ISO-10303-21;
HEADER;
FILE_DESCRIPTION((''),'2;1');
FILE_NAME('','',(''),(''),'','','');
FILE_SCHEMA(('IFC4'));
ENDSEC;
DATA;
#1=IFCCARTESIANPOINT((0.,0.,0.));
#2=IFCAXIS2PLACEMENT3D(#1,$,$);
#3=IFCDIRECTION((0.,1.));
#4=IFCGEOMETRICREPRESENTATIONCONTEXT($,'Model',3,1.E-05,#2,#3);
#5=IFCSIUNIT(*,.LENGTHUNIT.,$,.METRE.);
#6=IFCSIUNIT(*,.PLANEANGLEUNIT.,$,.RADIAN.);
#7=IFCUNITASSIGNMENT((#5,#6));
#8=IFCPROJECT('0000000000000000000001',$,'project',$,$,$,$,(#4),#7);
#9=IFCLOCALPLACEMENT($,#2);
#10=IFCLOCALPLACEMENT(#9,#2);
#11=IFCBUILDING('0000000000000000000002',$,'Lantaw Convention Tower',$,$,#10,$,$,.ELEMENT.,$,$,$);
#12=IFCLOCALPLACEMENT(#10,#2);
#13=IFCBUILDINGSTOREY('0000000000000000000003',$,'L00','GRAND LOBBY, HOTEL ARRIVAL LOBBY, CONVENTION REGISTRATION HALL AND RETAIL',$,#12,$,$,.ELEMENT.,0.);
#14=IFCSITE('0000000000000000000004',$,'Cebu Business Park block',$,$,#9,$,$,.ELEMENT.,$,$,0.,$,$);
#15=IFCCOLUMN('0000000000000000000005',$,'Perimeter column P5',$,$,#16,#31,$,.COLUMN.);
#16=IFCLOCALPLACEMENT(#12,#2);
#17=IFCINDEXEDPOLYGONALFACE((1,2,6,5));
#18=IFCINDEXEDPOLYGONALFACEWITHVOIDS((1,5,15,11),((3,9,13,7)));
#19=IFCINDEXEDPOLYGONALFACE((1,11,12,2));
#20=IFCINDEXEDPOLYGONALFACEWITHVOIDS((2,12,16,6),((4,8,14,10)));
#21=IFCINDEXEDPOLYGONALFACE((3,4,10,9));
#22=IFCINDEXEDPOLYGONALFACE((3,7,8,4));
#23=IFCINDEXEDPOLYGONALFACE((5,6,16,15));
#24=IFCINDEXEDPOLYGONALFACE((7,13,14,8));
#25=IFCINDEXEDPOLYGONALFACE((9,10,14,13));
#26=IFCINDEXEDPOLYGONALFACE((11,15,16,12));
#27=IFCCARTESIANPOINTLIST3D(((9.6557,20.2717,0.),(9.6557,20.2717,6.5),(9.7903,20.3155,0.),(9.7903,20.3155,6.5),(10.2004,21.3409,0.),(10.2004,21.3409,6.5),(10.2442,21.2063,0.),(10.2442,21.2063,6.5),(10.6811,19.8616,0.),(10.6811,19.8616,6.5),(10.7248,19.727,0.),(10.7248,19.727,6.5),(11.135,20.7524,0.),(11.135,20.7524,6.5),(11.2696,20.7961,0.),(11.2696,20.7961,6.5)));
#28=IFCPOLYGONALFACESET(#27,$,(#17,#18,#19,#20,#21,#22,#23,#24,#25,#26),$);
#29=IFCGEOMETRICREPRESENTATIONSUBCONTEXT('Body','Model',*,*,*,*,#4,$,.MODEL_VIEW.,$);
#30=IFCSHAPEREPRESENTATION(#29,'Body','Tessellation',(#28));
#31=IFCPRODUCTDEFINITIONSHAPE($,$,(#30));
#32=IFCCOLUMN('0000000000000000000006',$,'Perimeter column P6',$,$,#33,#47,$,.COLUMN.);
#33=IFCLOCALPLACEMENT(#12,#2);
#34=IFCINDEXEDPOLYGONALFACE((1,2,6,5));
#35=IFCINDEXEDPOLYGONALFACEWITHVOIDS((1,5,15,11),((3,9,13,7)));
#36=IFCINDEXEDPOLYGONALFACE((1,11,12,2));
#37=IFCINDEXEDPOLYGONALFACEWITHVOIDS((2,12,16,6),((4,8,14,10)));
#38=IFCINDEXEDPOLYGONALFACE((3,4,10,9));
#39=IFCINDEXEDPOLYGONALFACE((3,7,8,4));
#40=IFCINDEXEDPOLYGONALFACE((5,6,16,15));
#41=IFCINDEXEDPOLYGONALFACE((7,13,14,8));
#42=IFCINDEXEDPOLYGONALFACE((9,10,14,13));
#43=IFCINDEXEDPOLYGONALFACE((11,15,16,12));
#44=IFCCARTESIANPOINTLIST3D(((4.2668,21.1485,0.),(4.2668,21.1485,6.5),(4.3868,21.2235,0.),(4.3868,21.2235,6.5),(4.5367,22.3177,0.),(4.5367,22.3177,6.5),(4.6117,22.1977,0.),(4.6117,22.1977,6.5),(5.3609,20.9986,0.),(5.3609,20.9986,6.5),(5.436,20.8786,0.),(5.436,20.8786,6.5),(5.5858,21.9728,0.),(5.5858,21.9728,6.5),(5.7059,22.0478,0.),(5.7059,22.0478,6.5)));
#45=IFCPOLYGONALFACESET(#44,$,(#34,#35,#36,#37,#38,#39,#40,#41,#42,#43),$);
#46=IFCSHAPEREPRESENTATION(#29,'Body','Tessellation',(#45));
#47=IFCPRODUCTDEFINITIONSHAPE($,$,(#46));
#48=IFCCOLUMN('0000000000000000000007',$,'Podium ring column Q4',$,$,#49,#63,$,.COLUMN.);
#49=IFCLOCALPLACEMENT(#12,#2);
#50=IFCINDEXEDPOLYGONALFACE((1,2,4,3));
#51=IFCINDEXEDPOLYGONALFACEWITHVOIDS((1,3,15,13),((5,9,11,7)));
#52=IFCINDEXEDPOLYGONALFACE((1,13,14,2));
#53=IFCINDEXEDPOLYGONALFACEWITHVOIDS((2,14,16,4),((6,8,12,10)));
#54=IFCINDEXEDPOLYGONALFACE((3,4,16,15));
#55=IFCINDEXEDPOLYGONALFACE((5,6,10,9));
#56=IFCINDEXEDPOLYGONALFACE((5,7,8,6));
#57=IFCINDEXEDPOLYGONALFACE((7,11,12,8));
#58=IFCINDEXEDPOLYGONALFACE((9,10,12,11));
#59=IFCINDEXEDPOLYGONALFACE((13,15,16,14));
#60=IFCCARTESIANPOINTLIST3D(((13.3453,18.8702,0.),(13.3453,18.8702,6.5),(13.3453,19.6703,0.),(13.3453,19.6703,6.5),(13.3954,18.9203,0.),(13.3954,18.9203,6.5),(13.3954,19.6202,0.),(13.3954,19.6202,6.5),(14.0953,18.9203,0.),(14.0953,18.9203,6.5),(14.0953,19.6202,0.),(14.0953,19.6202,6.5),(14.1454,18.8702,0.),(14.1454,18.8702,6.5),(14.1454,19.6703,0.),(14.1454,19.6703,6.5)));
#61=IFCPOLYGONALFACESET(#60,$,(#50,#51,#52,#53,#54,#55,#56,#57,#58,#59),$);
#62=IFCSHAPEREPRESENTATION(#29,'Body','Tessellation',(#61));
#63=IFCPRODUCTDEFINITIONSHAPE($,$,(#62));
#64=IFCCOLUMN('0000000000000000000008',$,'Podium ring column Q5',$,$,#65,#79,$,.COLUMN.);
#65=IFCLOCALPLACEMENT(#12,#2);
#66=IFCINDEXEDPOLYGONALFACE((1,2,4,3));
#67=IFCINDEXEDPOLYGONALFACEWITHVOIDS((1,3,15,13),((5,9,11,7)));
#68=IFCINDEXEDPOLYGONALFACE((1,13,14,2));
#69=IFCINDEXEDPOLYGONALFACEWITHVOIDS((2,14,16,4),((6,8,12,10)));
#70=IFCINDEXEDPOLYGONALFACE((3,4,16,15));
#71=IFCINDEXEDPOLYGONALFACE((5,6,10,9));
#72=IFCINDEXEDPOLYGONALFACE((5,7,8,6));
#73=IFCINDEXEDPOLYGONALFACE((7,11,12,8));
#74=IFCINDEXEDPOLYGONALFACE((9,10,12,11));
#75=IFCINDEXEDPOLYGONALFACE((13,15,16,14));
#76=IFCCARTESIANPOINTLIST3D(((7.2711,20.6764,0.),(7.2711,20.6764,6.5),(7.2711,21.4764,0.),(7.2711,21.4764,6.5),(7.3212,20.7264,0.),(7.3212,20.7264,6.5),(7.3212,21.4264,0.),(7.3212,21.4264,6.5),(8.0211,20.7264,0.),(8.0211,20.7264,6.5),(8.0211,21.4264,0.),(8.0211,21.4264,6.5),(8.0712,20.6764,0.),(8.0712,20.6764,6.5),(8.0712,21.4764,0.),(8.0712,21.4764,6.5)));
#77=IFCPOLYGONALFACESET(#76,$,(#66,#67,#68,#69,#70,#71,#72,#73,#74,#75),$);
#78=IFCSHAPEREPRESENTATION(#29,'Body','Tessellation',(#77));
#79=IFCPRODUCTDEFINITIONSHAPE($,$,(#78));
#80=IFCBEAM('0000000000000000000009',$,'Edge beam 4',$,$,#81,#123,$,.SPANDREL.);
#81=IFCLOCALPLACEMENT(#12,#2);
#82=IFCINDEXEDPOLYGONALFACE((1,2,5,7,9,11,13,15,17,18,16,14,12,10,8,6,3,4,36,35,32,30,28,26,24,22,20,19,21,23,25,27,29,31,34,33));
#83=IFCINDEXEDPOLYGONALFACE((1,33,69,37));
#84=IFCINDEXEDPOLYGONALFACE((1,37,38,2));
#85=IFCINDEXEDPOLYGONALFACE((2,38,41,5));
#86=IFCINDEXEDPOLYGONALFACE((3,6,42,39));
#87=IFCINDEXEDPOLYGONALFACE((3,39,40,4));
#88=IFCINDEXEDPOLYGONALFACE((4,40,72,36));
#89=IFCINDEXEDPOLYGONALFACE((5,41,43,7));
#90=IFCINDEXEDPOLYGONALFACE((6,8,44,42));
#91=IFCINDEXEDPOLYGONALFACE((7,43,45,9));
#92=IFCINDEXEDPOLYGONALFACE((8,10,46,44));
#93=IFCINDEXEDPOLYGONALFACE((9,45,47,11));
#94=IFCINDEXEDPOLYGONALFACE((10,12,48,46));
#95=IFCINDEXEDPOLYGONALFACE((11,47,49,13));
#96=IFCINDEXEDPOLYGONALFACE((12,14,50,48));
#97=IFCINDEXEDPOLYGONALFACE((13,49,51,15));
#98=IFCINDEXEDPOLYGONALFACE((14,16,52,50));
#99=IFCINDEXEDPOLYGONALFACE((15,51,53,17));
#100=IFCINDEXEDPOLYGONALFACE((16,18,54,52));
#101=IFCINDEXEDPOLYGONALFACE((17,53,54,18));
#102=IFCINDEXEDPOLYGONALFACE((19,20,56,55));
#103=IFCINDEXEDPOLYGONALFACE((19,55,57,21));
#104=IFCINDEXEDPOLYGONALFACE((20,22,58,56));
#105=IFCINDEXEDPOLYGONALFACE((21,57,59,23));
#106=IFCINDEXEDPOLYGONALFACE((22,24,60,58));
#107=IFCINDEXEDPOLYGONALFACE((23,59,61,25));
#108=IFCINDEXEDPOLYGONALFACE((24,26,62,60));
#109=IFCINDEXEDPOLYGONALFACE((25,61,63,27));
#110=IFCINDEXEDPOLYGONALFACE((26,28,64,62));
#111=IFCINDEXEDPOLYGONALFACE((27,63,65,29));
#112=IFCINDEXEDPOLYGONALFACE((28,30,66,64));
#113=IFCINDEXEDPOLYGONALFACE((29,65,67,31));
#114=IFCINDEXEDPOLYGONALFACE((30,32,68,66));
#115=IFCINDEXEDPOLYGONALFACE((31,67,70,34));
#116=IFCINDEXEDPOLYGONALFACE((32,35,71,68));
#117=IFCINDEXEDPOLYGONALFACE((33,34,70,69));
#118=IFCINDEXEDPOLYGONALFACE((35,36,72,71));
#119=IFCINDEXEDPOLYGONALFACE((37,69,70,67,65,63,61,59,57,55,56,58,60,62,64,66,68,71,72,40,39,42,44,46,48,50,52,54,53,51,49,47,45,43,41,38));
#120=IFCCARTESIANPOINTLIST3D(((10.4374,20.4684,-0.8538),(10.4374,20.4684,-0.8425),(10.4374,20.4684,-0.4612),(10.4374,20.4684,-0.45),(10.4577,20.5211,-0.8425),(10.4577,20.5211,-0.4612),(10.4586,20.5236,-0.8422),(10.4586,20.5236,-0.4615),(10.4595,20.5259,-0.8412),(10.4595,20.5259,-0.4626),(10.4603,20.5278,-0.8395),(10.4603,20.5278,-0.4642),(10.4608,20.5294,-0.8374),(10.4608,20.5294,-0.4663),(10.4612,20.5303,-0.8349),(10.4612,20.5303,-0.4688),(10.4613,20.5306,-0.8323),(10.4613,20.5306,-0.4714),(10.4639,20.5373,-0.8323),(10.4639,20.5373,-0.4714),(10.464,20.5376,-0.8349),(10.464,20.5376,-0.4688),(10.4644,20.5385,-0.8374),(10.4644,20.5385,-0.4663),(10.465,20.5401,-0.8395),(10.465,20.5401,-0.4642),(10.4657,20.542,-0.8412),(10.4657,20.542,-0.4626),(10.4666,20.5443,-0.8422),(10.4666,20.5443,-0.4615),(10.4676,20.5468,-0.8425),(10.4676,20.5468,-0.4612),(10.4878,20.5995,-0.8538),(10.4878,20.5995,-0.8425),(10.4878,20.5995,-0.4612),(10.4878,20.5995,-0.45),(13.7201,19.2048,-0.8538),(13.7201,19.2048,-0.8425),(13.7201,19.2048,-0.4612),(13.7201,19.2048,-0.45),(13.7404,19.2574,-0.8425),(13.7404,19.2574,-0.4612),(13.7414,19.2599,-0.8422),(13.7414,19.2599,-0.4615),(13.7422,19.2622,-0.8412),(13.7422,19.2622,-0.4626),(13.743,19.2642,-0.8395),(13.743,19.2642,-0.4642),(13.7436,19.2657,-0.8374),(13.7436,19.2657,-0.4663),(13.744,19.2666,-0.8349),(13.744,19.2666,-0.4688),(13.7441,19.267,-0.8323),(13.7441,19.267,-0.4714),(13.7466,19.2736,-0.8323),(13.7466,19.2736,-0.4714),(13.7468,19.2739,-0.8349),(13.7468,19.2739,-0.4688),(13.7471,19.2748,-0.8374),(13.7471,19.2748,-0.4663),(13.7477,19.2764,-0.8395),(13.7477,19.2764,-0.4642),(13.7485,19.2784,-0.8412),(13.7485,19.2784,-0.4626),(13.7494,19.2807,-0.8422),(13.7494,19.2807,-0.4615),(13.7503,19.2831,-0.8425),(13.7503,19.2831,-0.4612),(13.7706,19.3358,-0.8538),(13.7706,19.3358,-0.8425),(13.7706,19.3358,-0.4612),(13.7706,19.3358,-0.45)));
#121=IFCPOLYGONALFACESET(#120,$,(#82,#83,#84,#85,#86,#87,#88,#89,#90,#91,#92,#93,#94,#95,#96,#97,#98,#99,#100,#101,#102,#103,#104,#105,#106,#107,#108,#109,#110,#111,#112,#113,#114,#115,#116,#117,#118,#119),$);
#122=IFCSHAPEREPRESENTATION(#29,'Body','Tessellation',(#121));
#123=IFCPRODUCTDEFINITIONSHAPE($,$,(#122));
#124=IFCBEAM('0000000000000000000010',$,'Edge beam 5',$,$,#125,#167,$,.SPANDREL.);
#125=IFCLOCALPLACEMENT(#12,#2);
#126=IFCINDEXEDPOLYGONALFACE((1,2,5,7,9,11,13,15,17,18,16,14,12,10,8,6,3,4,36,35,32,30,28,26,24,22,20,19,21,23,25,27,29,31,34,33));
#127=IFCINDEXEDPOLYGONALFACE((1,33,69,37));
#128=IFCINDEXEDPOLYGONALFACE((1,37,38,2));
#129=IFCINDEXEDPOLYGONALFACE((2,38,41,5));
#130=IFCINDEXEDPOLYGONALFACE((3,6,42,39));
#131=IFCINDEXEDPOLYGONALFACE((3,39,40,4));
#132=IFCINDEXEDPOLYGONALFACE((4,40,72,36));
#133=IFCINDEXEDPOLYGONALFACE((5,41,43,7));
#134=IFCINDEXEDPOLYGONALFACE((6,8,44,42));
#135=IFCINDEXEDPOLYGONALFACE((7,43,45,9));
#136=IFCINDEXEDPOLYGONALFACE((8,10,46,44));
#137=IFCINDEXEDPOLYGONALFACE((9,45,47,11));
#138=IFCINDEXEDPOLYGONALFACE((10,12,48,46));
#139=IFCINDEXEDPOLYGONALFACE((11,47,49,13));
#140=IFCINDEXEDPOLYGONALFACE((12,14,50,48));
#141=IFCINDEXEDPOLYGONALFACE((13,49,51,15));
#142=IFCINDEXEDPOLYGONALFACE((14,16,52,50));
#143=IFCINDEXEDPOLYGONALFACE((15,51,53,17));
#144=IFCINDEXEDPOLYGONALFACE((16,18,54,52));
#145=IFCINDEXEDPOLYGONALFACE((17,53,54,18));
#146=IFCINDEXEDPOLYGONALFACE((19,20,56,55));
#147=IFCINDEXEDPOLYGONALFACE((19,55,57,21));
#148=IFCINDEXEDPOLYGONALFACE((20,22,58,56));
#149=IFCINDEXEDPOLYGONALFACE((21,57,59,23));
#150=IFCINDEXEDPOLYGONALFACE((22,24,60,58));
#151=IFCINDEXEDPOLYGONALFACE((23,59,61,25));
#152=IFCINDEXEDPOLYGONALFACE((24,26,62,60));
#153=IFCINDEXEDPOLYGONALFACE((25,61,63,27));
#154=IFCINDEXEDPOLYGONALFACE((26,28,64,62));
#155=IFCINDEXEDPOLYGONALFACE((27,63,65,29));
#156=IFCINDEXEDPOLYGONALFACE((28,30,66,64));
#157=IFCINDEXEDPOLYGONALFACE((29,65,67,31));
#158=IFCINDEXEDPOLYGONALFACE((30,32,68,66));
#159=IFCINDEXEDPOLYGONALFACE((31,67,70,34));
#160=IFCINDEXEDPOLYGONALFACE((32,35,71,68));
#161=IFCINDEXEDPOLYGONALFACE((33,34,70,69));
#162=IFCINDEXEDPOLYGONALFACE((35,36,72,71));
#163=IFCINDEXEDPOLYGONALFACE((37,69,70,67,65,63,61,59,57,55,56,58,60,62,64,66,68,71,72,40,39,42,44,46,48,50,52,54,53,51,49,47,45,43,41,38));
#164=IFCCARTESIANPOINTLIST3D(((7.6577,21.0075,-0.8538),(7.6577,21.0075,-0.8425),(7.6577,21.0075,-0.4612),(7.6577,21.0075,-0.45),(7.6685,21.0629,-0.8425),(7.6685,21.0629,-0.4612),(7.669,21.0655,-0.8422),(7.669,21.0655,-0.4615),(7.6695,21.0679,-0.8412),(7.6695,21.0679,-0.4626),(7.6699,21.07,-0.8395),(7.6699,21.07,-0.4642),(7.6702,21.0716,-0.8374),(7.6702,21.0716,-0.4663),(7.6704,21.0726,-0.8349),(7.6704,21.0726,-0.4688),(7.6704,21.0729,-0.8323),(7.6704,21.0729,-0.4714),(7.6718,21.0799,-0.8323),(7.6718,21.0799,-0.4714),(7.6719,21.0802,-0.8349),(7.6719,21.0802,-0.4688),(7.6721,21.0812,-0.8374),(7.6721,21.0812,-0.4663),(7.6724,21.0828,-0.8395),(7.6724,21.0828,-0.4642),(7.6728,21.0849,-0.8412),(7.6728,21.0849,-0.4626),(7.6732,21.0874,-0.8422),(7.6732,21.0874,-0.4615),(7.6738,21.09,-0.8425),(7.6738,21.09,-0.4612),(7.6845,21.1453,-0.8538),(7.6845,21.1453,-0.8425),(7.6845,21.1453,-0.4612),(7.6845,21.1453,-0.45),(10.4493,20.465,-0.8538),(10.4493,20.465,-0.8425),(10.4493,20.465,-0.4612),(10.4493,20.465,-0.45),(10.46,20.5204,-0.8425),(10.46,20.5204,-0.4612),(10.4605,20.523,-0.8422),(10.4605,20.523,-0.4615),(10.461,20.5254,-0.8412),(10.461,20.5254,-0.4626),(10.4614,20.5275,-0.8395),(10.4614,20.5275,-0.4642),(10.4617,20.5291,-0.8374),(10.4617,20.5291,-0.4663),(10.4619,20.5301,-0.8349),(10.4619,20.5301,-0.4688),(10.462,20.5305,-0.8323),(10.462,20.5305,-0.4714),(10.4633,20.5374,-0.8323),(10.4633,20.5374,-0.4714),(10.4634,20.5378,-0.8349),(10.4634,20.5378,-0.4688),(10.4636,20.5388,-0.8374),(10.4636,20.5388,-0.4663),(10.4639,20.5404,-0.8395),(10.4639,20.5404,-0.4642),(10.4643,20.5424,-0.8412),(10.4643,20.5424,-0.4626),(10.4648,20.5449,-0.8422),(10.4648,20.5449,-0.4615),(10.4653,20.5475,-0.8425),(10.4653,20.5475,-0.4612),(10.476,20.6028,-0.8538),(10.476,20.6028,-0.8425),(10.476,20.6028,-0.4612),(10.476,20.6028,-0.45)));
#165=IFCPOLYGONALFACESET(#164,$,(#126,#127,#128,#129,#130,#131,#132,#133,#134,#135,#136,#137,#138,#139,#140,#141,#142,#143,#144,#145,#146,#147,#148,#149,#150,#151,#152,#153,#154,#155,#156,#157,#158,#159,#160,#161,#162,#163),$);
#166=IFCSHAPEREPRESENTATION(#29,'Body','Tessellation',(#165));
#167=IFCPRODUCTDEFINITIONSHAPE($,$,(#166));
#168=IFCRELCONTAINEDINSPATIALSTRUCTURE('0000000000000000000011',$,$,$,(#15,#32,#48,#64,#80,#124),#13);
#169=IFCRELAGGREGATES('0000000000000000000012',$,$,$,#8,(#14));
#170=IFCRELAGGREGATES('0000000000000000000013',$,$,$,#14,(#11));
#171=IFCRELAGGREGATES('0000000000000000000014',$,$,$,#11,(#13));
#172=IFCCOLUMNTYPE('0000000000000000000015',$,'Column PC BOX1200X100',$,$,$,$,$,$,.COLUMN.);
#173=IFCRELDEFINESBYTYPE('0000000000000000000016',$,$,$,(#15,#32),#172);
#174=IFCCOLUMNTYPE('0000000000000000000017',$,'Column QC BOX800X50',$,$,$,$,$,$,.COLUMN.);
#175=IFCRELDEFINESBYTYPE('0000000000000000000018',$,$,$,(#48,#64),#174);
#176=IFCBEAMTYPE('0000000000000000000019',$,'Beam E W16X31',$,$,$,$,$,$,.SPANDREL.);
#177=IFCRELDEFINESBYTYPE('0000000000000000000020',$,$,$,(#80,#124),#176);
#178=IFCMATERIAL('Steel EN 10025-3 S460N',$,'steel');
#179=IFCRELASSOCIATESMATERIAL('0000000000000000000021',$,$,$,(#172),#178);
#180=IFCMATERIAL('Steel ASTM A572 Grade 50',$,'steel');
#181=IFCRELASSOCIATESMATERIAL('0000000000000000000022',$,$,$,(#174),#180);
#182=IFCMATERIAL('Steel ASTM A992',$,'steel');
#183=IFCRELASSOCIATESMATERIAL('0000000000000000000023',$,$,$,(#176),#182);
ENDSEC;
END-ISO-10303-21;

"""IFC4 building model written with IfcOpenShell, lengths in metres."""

from ifc_helpers import new_model, si_unit, direction, frame, origin, origin_2d, place, context, subcontext, project, spatial, rectangle, hollow_rectangle, i_section, extrude, material, material_profile, profile_set, type_object, element, save


model = new_model("IFC4")

# Units and contexts
model_context = context("Model", 3, precision=1e-05, world=origin(), true_north=direction((0.0, 1.0)))
body_context = subcontext(model_context, "Body", "Model", "MODEL_VIEW")
ifc_project = project(units=[si_unit("LENGTHUNIT", "METRE"), si_unit("PLANEANGLEUNIT", "RADIAN")], contexts=[model_context])

# Site, building, storey
site_placement = place(None, origin())
site = spatial("IfcSite", under=ifc_project, at=site_placement, Name="Cebu Business Park block", CompositionType="ELEMENT", RefElevation=0.0)
building_placement = place(site_placement, origin())
building = spatial("IfcBuilding", under=site, at=building_placement, Name="Lantaw Convention Tower", CompositionType="ELEMENT")
storey_placement = place(building_placement, origin())
storey = spatial("IfcBuildingStorey", under=building, at=storey_placement, Name="L00", Description="GRAND LOBBY, HOTEL ARRIVAL LOBBY, CONVENTION REGISTRATION HALL AND RETAIL", CompositionType="ELEMENT", Elevation=0.0)

# Columns
ifc_material_1 = material(Name="Steel EN 10025-3 S460N", Category="steel")
ifc_material_profile_1 = material_profile(ifc_material_1, hollow_rectangle(XDim=1.2, YDim=1.2, WallThickness=0.1001, at=origin_2d()), Name="BOX1200X100")
ifc_material_2 = material(Name="Concrete C60/75", Category="concrete")
ifc_material_profile_2 = material_profile(ifc_material_2, rectangle(XDim=1.0, YDim=1.0, at=origin_2d()), Name="Concrete fill of BOX1200X100")
ifc_profile_set_1 = profile_set([ifc_material_profile_1, ifc_material_profile_2], Name="Steel EN 10025-3 S460N")
column_type_1 = type_object("IfcColumnType", Name="Column PC BOX1200X100", PredefinedType="COLUMN", material=ifc_profile_set_1)
for number, where, z_axis, x_axis, name in (
    (1, (10.4626, 20.5339, 0.0), (0.0, 0.0, 1.0), (0.45399, 0.891007, 0.0), "Perimeter column P5"),
    (2, (4.9863, 21.5981, 0.0), (0.0, 0.0, 1.0), (0.224951, 0.97437, 0.0), "Perimeter column P6"),
):
    element("IfcColumn", number, at=place(storey_placement, frame(where, z_axis=z_axis, x_axis=x_axis)), inside=storey, type_object=column_type_1, Name=name, PredefinedType="COLUMN", context=body_context, shape_type="SweptSolid", body=[
        extrude(hollow_rectangle(XDim=1.2, YDim=1.2, WallThickness=0.1001, at=origin_2d()), origin(), (0.0, 0.0, 1.0), 6.5),
    ])
ifc_material_3 = material(Name="Steel ASTM A572 Grade 50", Category="steel")
ifc_material_profile_3 = material_profile(ifc_material_3, hollow_rectangle(XDim=0.8, YDim=0.8, WallThickness=0.05, at=origin_2d()), Name="BOX800X50")
ifc_profile_set_2 = profile_set([ifc_material_profile_3], Name="Steel ASTM A572 Grade 50")
column_type_2 = type_object("IfcColumnType", Name="Column QC BOX800X50", PredefinedType="COLUMN", material=ifc_profile_set_2)
for number, where, z_axis, x_axis, name in (
    (3, (13.7454, 19.2703, 0.0), (0.0, 0.0, 1.0), (1.0, 0.0, 0.0), "Podium ring column Q4"),
    (4, (7.6711, 21.0764, 0.0), (0.0, 0.0, 1.0), (1.0, 0.0, 0.0), "Podium ring column Q5"),
):
    element("IfcColumn", number, at=place(storey_placement, frame(where, z_axis=z_axis, x_axis=x_axis)), inside=storey, type_object=column_type_2, Name=name, PredefinedType="COLUMN", context=body_context, shape_type="SweptSolid", body=[
        extrude(hollow_rectangle(XDim=0.8, YDim=0.8, WallThickness=0.05, at=origin_2d()), origin(), (0.0, 0.0, 1.0), 6.5),
    ])

# Beams
ifc_material_4 = material(Name="Steel ASTM A992", Category="steel")
ifc_material_profile_4 = material_profile(ifc_material_4, i_section(OverallWidth=0.1404, OverallDepth=0.4038, WebThickness=0.0071, FlangeThickness=0.0112, FilletRadius=0.0103, at=origin_2d()), Name="W16X31")
ifc_profile_set_3 = profile_set([ifc_material_profile_4], Name="Steel ASTM A992")
beam_type_1 = type_object("IfcBeamType", Name="Beam E W16X31", PredefinedType="SPANDREL", material=ifc_profile_set_3)
beam_1_placement = place(storey_placement, frame((13.7454, 19.2703, -0.6519), z_axis=(-0.933242, 0.359249, 0.0), x_axis=(-0.359249, -0.933242, 0.0)))
element("IfcBeam", 5, at=beam_1_placement, inside=storey, type_object=beam_type_1, Name="Edge beam 4", PredefinedType="SPANDREL", context=body_context, shape_type="SweptSolid", body=[
    extrude(i_section(OverallWidth=0.1404, OverallDepth=0.4038, WebThickness=0.0071, FlangeThickness=0.0112, FilletRadius=0.0103, at=origin_2d()), origin(), (0.0, 0.0, 1.0), 3.5176),
])
beam_2_placement = place(storey_placement, frame((10.4626, 20.5339, -0.6519), z_axis=(-0.981636, 0.190764, 0.0), x_axis=(-0.190764, -0.981636, 0.0)))
element("IfcBeam", 6, at=beam_2_placement, inside=storey, type_object=beam_type_1, Name="Edge beam 5", PredefinedType="SPANDREL", context=body_context, shape_type="SweptSolid", body=[
    extrude(i_section(OverallWidth=0.1404, OverallDepth=0.4038, WebThickness=0.0071, FlangeThickness=0.0112, FilletRadius=0.0103, at=origin_2d()), origin(), (0.0, 0.0, 1.0), 2.8438),
])

save(model, "model.ifc")
